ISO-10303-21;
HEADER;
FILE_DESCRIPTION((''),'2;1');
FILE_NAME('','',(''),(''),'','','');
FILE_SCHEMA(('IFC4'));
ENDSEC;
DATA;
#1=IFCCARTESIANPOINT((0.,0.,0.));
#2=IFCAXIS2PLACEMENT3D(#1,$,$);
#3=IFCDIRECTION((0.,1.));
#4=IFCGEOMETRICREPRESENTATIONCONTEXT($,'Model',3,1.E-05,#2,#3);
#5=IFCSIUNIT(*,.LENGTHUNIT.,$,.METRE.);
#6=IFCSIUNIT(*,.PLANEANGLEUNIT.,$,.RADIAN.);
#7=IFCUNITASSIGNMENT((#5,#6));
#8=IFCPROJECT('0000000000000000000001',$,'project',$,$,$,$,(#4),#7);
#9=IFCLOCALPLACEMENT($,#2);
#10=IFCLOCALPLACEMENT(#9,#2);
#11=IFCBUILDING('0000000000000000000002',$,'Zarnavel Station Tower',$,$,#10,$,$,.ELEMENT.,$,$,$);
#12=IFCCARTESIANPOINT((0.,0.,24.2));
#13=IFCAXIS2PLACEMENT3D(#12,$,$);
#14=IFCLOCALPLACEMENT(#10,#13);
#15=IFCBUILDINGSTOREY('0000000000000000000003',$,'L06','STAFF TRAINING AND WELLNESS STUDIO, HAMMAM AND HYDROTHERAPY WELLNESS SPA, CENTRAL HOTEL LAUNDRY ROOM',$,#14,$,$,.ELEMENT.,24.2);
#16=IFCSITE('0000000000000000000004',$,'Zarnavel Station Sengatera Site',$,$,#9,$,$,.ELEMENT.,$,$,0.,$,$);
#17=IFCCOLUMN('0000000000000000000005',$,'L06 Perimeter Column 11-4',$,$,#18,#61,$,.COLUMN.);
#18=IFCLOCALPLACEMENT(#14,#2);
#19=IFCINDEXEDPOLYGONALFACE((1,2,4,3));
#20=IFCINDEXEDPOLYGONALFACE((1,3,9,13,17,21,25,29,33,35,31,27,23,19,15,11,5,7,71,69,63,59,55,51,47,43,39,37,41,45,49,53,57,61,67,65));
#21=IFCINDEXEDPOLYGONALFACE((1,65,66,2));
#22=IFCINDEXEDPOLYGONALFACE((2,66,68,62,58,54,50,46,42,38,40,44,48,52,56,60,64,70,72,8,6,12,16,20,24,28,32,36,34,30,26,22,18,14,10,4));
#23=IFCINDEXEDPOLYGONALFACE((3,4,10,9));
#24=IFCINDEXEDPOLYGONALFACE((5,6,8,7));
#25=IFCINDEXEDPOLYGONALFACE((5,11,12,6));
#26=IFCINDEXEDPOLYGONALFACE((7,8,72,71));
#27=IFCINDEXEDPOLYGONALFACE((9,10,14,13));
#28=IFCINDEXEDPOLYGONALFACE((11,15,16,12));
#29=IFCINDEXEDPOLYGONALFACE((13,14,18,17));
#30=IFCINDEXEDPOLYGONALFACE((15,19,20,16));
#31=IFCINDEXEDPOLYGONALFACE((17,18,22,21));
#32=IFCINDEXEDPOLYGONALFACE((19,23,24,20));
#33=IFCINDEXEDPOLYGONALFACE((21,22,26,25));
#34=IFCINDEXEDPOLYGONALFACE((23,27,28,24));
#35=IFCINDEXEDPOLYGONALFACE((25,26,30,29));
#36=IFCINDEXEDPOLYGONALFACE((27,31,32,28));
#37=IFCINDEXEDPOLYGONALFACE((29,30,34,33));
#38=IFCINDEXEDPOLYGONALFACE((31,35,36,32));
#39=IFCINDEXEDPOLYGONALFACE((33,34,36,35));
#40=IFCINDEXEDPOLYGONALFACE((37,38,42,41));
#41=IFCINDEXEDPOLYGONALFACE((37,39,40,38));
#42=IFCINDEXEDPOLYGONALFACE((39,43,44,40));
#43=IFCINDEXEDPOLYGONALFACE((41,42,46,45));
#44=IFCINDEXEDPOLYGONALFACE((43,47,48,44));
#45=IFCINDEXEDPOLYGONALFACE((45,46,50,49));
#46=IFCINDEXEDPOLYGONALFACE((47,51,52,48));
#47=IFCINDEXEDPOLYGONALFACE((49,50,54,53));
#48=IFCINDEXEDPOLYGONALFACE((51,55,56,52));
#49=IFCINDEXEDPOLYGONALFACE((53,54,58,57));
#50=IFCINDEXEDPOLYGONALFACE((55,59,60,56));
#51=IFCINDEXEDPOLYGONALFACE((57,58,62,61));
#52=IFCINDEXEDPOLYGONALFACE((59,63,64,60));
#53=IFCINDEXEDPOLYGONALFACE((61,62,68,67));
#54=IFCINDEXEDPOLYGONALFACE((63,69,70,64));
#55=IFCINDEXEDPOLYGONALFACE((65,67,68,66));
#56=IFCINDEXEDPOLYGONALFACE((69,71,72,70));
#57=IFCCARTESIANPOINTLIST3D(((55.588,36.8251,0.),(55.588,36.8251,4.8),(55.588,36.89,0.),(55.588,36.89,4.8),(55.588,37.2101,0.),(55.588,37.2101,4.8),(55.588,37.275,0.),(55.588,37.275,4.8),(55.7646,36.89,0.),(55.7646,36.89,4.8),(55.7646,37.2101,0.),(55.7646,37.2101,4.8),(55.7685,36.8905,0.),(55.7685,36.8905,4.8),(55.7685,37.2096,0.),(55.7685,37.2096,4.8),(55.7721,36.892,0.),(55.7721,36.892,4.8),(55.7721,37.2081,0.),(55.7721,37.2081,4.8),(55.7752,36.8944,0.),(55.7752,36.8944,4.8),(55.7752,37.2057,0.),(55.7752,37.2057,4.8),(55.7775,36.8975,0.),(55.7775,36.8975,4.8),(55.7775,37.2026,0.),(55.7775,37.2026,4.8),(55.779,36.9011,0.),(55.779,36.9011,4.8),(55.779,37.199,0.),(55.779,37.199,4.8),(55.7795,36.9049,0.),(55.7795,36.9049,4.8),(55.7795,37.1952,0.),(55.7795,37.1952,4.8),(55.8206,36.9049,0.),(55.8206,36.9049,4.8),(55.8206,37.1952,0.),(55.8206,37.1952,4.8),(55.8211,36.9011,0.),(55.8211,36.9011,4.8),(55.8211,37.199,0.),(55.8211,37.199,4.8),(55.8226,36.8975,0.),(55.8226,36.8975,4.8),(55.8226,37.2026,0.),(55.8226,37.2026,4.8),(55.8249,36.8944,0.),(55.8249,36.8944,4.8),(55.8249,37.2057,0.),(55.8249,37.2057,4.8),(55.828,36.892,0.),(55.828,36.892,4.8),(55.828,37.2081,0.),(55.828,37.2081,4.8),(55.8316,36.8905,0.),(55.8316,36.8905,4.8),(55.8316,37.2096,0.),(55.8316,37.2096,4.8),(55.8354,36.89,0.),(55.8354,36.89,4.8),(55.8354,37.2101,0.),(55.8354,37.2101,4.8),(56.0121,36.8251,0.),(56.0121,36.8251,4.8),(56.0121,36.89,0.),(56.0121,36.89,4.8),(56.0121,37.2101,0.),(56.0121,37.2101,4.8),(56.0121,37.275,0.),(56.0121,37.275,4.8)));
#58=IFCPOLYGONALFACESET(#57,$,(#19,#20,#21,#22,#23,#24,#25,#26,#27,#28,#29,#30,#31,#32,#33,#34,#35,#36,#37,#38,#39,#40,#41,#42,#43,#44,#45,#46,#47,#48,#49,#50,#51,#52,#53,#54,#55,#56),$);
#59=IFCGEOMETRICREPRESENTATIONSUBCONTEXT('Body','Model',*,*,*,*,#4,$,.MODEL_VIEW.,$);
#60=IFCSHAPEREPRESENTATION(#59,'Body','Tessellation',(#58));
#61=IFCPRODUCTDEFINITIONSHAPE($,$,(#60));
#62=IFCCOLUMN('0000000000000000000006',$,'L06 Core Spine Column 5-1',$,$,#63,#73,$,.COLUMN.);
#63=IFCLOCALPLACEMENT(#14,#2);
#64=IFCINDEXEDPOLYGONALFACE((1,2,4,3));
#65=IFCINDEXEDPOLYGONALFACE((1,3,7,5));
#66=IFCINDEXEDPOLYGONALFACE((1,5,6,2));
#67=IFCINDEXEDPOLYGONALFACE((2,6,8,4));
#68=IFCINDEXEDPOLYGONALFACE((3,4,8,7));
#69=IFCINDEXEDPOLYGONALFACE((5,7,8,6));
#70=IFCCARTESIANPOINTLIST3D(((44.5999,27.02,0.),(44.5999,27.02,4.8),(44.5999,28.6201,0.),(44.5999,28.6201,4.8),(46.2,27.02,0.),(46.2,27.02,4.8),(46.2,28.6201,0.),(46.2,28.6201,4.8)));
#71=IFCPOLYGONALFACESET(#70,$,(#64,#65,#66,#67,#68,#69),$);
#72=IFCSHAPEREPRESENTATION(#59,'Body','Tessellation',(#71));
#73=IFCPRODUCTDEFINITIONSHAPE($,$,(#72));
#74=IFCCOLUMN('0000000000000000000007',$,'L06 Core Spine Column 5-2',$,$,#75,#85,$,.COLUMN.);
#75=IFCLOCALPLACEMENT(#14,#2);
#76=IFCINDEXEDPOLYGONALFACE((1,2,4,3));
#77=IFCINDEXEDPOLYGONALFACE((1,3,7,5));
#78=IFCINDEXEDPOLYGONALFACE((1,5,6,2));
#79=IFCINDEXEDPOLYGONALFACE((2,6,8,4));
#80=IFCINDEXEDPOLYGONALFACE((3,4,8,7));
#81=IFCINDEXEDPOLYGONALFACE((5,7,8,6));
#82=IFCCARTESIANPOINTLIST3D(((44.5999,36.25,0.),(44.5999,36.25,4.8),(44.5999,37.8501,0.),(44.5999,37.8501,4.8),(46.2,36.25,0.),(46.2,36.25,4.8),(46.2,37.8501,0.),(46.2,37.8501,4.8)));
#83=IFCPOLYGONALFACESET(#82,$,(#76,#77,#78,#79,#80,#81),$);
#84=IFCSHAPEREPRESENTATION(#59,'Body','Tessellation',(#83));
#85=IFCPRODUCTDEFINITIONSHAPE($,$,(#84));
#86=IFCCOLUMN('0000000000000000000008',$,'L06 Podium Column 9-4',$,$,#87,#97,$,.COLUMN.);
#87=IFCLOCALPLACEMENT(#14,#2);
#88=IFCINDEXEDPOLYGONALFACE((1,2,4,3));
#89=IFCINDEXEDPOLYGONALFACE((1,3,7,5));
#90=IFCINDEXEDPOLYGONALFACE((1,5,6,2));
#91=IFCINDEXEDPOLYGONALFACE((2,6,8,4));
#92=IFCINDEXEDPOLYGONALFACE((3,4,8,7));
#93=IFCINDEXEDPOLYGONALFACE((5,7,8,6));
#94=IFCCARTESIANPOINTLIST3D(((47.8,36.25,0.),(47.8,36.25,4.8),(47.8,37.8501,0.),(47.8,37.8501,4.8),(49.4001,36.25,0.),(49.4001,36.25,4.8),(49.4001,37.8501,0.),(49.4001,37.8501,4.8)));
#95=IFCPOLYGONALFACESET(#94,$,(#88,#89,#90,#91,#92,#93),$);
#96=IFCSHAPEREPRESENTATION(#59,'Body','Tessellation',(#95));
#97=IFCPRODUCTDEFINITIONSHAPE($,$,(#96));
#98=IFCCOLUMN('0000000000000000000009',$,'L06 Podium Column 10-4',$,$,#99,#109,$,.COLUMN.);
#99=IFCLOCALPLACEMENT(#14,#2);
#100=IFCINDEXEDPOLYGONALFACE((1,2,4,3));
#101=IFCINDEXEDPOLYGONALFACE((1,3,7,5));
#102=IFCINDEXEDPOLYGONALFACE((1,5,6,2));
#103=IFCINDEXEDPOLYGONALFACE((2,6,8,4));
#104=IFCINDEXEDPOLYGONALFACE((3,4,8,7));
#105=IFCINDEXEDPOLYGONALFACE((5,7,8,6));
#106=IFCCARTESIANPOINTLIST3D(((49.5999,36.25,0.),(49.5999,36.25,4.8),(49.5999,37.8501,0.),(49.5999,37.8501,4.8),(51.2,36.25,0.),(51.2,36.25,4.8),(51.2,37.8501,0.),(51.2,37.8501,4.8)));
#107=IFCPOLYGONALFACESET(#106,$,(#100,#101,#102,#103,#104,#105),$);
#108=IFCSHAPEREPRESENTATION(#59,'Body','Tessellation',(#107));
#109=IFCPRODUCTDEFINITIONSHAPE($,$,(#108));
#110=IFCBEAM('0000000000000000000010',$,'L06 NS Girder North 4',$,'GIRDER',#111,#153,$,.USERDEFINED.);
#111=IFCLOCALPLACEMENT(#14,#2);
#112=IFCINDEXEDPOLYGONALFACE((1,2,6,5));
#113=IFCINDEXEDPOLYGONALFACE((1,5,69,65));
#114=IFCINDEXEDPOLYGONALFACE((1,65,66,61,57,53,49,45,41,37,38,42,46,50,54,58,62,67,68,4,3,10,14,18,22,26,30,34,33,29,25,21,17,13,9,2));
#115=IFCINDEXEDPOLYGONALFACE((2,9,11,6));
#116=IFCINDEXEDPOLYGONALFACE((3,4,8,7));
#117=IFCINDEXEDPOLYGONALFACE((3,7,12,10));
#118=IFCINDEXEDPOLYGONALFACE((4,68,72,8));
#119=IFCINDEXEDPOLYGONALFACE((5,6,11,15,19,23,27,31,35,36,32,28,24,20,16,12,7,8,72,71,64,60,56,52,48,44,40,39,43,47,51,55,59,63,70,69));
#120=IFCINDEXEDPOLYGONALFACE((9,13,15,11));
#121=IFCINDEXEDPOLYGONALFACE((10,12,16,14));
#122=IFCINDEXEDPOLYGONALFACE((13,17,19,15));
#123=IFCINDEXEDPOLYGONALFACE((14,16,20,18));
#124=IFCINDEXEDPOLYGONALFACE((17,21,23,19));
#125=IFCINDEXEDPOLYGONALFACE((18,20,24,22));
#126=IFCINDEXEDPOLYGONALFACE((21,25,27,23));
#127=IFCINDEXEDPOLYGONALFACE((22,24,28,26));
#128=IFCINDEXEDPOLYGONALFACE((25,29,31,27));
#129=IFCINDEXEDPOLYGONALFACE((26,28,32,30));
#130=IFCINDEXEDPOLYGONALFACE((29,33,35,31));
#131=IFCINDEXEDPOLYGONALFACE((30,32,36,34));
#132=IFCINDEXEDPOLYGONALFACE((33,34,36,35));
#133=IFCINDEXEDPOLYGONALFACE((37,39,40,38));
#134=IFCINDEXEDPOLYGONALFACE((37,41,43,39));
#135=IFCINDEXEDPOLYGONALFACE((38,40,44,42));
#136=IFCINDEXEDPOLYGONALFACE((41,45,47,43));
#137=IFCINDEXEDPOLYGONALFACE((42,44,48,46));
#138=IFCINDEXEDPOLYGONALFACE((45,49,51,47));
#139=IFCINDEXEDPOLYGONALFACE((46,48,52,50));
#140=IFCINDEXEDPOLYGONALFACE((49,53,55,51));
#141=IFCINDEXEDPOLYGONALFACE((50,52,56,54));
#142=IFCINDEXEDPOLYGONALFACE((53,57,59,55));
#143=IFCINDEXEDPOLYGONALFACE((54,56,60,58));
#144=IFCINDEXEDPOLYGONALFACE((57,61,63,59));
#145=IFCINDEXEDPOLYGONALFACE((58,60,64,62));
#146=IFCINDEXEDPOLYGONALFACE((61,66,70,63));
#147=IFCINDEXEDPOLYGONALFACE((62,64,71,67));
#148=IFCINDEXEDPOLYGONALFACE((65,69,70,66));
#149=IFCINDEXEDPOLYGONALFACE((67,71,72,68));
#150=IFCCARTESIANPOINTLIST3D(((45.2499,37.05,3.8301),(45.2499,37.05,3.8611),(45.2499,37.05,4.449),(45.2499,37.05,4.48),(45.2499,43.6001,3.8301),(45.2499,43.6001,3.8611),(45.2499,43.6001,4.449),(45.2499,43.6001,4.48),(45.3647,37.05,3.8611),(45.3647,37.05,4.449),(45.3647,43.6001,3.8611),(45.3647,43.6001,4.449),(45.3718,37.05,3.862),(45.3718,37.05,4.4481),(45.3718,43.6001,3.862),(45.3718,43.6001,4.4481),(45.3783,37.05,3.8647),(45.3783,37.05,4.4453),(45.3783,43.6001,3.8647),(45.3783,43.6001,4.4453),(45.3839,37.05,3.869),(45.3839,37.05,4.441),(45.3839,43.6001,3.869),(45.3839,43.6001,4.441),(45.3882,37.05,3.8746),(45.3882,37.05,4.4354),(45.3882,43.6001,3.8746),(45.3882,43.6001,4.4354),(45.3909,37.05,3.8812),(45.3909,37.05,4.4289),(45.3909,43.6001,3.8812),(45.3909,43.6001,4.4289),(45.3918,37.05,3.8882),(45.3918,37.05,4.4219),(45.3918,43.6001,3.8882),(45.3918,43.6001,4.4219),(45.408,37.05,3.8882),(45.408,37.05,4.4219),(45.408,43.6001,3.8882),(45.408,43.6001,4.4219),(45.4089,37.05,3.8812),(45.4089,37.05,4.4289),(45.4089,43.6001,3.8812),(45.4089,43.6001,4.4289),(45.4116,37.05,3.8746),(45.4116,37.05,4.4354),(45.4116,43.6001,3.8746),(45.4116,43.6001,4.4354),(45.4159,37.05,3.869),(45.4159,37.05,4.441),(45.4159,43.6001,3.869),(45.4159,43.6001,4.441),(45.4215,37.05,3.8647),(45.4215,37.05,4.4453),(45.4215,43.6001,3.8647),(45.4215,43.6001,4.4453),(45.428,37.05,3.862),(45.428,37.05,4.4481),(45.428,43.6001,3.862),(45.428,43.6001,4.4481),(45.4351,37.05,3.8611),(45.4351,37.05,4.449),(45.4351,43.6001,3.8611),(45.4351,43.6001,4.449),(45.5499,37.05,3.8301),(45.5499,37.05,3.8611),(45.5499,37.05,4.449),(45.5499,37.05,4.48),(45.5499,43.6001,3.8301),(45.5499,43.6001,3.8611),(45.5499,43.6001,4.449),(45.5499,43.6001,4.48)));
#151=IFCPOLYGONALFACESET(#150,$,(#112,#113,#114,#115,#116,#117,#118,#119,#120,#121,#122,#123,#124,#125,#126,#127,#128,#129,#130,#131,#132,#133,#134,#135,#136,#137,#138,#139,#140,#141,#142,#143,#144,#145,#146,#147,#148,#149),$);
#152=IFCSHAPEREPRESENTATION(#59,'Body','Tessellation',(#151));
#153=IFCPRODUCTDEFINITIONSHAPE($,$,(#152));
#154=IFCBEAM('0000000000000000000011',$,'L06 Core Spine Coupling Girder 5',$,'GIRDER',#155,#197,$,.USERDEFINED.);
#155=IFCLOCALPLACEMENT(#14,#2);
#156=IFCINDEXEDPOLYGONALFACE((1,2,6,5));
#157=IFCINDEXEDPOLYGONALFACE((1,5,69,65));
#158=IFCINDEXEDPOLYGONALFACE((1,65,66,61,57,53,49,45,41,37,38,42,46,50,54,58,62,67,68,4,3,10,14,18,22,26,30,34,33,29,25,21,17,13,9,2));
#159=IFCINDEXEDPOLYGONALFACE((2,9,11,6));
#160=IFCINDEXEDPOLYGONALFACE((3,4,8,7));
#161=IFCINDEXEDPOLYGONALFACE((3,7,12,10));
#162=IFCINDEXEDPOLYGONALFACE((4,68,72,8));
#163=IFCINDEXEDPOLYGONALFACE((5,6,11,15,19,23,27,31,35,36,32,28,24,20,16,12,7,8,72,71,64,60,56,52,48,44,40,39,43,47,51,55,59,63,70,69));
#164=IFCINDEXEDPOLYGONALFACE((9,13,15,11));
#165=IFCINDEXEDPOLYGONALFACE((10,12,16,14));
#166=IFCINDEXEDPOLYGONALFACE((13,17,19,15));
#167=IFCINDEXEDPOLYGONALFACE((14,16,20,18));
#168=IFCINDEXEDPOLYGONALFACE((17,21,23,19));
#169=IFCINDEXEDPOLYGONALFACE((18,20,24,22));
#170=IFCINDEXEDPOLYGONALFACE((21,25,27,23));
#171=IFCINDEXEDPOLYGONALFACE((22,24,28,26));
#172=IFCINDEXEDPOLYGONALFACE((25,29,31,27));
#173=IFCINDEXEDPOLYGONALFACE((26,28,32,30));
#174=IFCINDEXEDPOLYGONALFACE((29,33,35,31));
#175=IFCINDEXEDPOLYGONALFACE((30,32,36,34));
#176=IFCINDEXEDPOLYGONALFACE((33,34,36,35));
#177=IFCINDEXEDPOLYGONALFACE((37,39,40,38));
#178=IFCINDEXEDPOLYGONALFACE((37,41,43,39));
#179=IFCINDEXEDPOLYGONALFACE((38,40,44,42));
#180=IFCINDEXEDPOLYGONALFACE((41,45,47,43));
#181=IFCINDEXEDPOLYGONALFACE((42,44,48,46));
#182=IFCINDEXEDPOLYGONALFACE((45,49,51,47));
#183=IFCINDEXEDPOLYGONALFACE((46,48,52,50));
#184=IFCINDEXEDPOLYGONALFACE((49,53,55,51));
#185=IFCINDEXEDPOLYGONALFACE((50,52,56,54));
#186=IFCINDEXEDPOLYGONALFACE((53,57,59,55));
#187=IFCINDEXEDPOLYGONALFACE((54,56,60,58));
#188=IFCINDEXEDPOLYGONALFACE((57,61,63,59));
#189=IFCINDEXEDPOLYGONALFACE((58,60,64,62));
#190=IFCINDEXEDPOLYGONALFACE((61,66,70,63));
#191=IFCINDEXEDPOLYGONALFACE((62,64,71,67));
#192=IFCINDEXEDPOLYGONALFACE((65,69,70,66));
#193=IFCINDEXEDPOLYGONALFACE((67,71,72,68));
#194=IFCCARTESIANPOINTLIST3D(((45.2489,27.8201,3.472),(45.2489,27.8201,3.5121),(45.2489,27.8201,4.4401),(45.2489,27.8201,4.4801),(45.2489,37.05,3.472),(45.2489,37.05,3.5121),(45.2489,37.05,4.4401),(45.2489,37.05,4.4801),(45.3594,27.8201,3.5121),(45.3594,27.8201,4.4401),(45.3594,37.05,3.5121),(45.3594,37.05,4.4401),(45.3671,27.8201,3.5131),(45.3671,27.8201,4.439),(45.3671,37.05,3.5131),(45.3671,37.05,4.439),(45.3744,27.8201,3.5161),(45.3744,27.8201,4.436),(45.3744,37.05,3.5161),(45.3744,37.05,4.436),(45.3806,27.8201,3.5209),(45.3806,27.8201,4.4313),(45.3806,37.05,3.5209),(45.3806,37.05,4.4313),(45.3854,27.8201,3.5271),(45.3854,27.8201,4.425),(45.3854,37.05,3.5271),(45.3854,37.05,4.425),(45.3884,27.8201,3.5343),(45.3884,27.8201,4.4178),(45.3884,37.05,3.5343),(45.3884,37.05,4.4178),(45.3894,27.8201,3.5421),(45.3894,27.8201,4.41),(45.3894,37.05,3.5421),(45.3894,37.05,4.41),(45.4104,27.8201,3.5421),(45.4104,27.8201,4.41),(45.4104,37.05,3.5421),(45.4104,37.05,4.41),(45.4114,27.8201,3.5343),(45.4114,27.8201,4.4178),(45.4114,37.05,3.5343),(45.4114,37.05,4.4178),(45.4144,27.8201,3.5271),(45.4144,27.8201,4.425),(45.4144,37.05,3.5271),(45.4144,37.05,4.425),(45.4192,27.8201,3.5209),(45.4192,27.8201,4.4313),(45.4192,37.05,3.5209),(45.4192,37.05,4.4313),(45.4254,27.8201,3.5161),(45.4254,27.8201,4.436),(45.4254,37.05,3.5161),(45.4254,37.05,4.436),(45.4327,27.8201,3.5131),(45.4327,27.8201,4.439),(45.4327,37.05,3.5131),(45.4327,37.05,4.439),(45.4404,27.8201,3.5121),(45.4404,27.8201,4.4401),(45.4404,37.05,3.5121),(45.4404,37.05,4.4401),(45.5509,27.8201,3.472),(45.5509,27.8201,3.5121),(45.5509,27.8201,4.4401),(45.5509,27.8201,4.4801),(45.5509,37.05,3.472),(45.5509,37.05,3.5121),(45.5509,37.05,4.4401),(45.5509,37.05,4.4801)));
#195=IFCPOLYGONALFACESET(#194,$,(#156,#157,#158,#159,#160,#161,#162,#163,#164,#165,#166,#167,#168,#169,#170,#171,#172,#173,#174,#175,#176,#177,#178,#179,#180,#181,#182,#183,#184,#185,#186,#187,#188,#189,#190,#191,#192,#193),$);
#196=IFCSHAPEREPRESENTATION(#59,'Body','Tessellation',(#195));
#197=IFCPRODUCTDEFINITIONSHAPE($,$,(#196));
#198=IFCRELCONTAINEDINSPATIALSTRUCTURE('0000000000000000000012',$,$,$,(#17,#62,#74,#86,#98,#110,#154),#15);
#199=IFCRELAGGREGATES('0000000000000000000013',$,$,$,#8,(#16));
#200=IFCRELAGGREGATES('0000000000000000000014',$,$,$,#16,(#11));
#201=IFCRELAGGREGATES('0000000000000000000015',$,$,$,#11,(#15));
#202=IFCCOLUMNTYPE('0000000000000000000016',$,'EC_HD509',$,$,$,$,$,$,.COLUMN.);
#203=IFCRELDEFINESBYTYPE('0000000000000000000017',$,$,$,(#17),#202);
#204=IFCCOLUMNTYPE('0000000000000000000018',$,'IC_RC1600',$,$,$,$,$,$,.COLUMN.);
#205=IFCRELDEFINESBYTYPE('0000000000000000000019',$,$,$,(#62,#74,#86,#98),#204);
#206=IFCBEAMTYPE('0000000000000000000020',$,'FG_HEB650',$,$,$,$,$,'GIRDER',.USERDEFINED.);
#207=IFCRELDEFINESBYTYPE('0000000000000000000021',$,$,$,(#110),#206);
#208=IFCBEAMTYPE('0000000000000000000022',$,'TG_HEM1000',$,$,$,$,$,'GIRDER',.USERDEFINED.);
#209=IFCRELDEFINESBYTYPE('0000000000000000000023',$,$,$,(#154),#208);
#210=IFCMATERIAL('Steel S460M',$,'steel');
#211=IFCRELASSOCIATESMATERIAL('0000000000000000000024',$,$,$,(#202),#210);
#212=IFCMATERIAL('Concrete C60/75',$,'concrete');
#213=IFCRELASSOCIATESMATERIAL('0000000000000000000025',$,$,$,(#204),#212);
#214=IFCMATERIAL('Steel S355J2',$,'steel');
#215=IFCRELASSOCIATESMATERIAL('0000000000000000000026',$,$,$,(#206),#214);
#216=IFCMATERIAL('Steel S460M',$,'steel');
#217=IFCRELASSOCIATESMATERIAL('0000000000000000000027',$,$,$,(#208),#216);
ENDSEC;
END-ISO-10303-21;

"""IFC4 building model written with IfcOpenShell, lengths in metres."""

from ifc_helpers import new_model, si_unit, direction, frame, origin, origin_2d, place, context, subcontext, project, spatial, rectangle, i_section, extrude, material, material_profile, profile_set, type_object, element, save


model = new_model("IFC4")

# Units and contexts
model_context = context("Model", 3, precision=1e-05, world=origin(), true_north=direction((0.0, 1.0)))
body_context = subcontext(model_context, "Body", "Model", "MODEL_VIEW")
ifc_project = project(units=[si_unit("LENGTHUNIT", "METRE"), si_unit("PLANEANGLEUNIT", "RADIAN")], contexts=[model_context])

# Site, building, storey
site_placement = place(None, origin())
site = spatial("IfcSite", under=ifc_project, at=site_placement, Name="Zarnavel Station Sengatera Site", CompositionType="ELEMENT", RefElevation=0.0)
building_placement = place(site_placement, origin())
building = spatial("IfcBuilding", under=site, at=building_placement, Name="Zarnavel Station Tower", CompositionType="ELEMENT")
storey_placement = place(building_placement, frame((0.0, 0.0, 24.2)))
storey = spatial("IfcBuildingStorey", under=building, at=storey_placement, Name="L06", Description="STAFF TRAINING AND WELLNESS STUDIO, HAMMAM AND HYDROTHERAPY WELLNESS SPA, CENTRAL HOTEL LAUNDRY ROOM", CompositionType="ELEMENT", Elevation=24.2)

# Columns
ifc_material_1 = material(Name="Steel S460M", Category="steel")
ifc_material_profile_1 = material_profile(ifc_material_1, i_section(OverallWidth=0.4241, OverallDepth=0.45, WebThickness=0.041, FlangeThickness=0.0649, FilletRadius=0.0149, at=origin_2d()), Name="HD400x509")
ifc_profile_set_1 = profile_set([ifc_material_profile_1], Name="Steel S460M")
column_type_1 = type_object("IfcColumnType", Name="EC_HD509", PredefinedType="COLUMN", material=ifc_profile_set_1)
column_placement = place(storey_placement, frame((55.8, 37.05, 0.0), z_axis=(0.0, 0.0, 1.0), x_axis=(1.0, 0.0, 0.0)))
element("IfcColumn", 1, at=column_placement, inside=storey, type_object=column_type_1, Name="L06 Perimeter Column 11-4", PredefinedType="COLUMN", context=body_context, shape_type="SweptSolid", body=[
    extrude(i_section(OverallWidth=0.4241, OverallDepth=0.45, WebThickness=0.041, FlangeThickness=0.0649, FilletRadius=0.0149, at=origin_2d()), origin(), (0.0, 0.0, 1.0), 4.8),
])
ifc_material_2 = material(Name="Concrete C60/75", Category="concrete")
ifc_material_profile_2 = material_profile(ifc_material_2, rectangle(XDim=1.6001, YDim=1.6001, at=origin_2d()), Name="RC1600x1600")
ifc_profile_set_2 = profile_set([ifc_material_profile_2], Name="Concrete C60/75")
column_type_2 = type_object("IfcColumnType", Name="IC_RC1600", PredefinedType="COLUMN", material=ifc_profile_set_2)
for number, where, z_axis, x_axis, name in (
    (2, (45.3999, 27.8201, 0.0), (0.0, 0.0, 1.0), (1.0, 0.0, 0.0), "L06 Core Spine Column 5-1"),
    (3, (45.3999, 37.05, 0.0), (0.0, 0.0, 1.0), (1.0, 0.0, 0.0), "L06 Core Spine Column 5-2"),
    (4, (48.6001, 37.05, 0.0), (0.0, 0.0, 1.0), (1.0, 0.0, 0.0), "L06 Podium Column 9-4"),
    (5, (50.3999, 37.05, 0.0), (0.0, 0.0, 1.0), (1.0, 0.0, 0.0), "L06 Podium Column 10-4"),
):
    element("IfcColumn", number, at=place(storey_placement, frame(where, z_axis=z_axis, x_axis=x_axis)), inside=storey, type_object=column_type_2, Name=name, PredefinedType="COLUMN", context=body_context, shape_type="SweptSolid", body=[
        extrude(rectangle(XDim=1.6001, YDim=1.6001, at=origin_2d()), origin(), (0.0, 0.0, 1.0), 4.8),
    ])

# Beams
ifc_material_3 = material(Name="Steel S355J2", Category="steel")
ifc_material_profile_3 = material_profile(ifc_material_3, i_section(OverallWidth=0.3, OverallDepth=0.6499, WebThickness=0.0161, FlangeThickness=0.031, FilletRadius=0.0271, at=origin_2d()), Name="HEB650")
ifc_profile_set_3 = profile_set([ifc_material_profile_3], Name="Steel S355J2")
beam_type_1 = type_object("IfcBeamType", Name="FG_HEB650", ElementType="GIRDER", PredefinedType="USERDEFINED", material=ifc_profile_set_3)
beam_1_placement = place(storey_placement, frame((45.3999, 37.05, 4.155), z_axis=(0.0, 1.0, 0.0), x_axis=(-1.0, 0.0, 0.0)))
element("IfcBeam", 6, at=beam_1_placement, inside=storey, type_object=beam_type_1, Name="L06 NS Girder North 4", ObjectType="GIRDER", PredefinedType="USERDEFINED", context=body_context, shape_type="SweptSolid", body=[
    extrude(i_section(OverallWidth=0.3, OverallDepth=0.6499, WebThickness=0.0161, FlangeThickness=0.031, FilletRadius=0.0271, at=origin_2d()), origin(), (0.0, 0.0, 1.0), 6.55),
])
ifc_material_4 = material(Name="Steel S460M", Category="steel")
ifc_material_profile_4 = material_profile(ifc_material_4, i_section(OverallWidth=0.302, OverallDepth=1.0081, WebThickness=0.021, FlangeThickness=0.04, FilletRadius=0.03, at=origin_2d()), Name="HEM1000")
ifc_profile_set_4 = profile_set([ifc_material_profile_4], Name="Steel S460M")
beam_type_2 = type_object("IfcBeamType", Name="TG_HEM1000", ElementType="GIRDER", PredefinedType="USERDEFINED", material=ifc_profile_set_4)
beam_2_placement = place(storey_placement, frame((45.3999, 27.8201, 3.9761), z_axis=(0.0, 1.0, 0.0), x_axis=(-1.0, 0.0, 0.0)))
element("IfcBeam", 7, at=beam_2_placement, inside=storey, type_object=beam_type_2, Name="L06 Core Spine Coupling Girder 5", ObjectType="GIRDER", PredefinedType="USERDEFINED", context=body_context, shape_type="SweptSolid", body=[
    extrude(i_section(OverallWidth=0.302, OverallDepth=1.0081, WebThickness=0.021, FlangeThickness=0.04, FilletRadius=0.03, at=origin_2d()), origin(), (0.0, 0.0, 1.0), 9.23),
])

save(model, "model.ifc")
